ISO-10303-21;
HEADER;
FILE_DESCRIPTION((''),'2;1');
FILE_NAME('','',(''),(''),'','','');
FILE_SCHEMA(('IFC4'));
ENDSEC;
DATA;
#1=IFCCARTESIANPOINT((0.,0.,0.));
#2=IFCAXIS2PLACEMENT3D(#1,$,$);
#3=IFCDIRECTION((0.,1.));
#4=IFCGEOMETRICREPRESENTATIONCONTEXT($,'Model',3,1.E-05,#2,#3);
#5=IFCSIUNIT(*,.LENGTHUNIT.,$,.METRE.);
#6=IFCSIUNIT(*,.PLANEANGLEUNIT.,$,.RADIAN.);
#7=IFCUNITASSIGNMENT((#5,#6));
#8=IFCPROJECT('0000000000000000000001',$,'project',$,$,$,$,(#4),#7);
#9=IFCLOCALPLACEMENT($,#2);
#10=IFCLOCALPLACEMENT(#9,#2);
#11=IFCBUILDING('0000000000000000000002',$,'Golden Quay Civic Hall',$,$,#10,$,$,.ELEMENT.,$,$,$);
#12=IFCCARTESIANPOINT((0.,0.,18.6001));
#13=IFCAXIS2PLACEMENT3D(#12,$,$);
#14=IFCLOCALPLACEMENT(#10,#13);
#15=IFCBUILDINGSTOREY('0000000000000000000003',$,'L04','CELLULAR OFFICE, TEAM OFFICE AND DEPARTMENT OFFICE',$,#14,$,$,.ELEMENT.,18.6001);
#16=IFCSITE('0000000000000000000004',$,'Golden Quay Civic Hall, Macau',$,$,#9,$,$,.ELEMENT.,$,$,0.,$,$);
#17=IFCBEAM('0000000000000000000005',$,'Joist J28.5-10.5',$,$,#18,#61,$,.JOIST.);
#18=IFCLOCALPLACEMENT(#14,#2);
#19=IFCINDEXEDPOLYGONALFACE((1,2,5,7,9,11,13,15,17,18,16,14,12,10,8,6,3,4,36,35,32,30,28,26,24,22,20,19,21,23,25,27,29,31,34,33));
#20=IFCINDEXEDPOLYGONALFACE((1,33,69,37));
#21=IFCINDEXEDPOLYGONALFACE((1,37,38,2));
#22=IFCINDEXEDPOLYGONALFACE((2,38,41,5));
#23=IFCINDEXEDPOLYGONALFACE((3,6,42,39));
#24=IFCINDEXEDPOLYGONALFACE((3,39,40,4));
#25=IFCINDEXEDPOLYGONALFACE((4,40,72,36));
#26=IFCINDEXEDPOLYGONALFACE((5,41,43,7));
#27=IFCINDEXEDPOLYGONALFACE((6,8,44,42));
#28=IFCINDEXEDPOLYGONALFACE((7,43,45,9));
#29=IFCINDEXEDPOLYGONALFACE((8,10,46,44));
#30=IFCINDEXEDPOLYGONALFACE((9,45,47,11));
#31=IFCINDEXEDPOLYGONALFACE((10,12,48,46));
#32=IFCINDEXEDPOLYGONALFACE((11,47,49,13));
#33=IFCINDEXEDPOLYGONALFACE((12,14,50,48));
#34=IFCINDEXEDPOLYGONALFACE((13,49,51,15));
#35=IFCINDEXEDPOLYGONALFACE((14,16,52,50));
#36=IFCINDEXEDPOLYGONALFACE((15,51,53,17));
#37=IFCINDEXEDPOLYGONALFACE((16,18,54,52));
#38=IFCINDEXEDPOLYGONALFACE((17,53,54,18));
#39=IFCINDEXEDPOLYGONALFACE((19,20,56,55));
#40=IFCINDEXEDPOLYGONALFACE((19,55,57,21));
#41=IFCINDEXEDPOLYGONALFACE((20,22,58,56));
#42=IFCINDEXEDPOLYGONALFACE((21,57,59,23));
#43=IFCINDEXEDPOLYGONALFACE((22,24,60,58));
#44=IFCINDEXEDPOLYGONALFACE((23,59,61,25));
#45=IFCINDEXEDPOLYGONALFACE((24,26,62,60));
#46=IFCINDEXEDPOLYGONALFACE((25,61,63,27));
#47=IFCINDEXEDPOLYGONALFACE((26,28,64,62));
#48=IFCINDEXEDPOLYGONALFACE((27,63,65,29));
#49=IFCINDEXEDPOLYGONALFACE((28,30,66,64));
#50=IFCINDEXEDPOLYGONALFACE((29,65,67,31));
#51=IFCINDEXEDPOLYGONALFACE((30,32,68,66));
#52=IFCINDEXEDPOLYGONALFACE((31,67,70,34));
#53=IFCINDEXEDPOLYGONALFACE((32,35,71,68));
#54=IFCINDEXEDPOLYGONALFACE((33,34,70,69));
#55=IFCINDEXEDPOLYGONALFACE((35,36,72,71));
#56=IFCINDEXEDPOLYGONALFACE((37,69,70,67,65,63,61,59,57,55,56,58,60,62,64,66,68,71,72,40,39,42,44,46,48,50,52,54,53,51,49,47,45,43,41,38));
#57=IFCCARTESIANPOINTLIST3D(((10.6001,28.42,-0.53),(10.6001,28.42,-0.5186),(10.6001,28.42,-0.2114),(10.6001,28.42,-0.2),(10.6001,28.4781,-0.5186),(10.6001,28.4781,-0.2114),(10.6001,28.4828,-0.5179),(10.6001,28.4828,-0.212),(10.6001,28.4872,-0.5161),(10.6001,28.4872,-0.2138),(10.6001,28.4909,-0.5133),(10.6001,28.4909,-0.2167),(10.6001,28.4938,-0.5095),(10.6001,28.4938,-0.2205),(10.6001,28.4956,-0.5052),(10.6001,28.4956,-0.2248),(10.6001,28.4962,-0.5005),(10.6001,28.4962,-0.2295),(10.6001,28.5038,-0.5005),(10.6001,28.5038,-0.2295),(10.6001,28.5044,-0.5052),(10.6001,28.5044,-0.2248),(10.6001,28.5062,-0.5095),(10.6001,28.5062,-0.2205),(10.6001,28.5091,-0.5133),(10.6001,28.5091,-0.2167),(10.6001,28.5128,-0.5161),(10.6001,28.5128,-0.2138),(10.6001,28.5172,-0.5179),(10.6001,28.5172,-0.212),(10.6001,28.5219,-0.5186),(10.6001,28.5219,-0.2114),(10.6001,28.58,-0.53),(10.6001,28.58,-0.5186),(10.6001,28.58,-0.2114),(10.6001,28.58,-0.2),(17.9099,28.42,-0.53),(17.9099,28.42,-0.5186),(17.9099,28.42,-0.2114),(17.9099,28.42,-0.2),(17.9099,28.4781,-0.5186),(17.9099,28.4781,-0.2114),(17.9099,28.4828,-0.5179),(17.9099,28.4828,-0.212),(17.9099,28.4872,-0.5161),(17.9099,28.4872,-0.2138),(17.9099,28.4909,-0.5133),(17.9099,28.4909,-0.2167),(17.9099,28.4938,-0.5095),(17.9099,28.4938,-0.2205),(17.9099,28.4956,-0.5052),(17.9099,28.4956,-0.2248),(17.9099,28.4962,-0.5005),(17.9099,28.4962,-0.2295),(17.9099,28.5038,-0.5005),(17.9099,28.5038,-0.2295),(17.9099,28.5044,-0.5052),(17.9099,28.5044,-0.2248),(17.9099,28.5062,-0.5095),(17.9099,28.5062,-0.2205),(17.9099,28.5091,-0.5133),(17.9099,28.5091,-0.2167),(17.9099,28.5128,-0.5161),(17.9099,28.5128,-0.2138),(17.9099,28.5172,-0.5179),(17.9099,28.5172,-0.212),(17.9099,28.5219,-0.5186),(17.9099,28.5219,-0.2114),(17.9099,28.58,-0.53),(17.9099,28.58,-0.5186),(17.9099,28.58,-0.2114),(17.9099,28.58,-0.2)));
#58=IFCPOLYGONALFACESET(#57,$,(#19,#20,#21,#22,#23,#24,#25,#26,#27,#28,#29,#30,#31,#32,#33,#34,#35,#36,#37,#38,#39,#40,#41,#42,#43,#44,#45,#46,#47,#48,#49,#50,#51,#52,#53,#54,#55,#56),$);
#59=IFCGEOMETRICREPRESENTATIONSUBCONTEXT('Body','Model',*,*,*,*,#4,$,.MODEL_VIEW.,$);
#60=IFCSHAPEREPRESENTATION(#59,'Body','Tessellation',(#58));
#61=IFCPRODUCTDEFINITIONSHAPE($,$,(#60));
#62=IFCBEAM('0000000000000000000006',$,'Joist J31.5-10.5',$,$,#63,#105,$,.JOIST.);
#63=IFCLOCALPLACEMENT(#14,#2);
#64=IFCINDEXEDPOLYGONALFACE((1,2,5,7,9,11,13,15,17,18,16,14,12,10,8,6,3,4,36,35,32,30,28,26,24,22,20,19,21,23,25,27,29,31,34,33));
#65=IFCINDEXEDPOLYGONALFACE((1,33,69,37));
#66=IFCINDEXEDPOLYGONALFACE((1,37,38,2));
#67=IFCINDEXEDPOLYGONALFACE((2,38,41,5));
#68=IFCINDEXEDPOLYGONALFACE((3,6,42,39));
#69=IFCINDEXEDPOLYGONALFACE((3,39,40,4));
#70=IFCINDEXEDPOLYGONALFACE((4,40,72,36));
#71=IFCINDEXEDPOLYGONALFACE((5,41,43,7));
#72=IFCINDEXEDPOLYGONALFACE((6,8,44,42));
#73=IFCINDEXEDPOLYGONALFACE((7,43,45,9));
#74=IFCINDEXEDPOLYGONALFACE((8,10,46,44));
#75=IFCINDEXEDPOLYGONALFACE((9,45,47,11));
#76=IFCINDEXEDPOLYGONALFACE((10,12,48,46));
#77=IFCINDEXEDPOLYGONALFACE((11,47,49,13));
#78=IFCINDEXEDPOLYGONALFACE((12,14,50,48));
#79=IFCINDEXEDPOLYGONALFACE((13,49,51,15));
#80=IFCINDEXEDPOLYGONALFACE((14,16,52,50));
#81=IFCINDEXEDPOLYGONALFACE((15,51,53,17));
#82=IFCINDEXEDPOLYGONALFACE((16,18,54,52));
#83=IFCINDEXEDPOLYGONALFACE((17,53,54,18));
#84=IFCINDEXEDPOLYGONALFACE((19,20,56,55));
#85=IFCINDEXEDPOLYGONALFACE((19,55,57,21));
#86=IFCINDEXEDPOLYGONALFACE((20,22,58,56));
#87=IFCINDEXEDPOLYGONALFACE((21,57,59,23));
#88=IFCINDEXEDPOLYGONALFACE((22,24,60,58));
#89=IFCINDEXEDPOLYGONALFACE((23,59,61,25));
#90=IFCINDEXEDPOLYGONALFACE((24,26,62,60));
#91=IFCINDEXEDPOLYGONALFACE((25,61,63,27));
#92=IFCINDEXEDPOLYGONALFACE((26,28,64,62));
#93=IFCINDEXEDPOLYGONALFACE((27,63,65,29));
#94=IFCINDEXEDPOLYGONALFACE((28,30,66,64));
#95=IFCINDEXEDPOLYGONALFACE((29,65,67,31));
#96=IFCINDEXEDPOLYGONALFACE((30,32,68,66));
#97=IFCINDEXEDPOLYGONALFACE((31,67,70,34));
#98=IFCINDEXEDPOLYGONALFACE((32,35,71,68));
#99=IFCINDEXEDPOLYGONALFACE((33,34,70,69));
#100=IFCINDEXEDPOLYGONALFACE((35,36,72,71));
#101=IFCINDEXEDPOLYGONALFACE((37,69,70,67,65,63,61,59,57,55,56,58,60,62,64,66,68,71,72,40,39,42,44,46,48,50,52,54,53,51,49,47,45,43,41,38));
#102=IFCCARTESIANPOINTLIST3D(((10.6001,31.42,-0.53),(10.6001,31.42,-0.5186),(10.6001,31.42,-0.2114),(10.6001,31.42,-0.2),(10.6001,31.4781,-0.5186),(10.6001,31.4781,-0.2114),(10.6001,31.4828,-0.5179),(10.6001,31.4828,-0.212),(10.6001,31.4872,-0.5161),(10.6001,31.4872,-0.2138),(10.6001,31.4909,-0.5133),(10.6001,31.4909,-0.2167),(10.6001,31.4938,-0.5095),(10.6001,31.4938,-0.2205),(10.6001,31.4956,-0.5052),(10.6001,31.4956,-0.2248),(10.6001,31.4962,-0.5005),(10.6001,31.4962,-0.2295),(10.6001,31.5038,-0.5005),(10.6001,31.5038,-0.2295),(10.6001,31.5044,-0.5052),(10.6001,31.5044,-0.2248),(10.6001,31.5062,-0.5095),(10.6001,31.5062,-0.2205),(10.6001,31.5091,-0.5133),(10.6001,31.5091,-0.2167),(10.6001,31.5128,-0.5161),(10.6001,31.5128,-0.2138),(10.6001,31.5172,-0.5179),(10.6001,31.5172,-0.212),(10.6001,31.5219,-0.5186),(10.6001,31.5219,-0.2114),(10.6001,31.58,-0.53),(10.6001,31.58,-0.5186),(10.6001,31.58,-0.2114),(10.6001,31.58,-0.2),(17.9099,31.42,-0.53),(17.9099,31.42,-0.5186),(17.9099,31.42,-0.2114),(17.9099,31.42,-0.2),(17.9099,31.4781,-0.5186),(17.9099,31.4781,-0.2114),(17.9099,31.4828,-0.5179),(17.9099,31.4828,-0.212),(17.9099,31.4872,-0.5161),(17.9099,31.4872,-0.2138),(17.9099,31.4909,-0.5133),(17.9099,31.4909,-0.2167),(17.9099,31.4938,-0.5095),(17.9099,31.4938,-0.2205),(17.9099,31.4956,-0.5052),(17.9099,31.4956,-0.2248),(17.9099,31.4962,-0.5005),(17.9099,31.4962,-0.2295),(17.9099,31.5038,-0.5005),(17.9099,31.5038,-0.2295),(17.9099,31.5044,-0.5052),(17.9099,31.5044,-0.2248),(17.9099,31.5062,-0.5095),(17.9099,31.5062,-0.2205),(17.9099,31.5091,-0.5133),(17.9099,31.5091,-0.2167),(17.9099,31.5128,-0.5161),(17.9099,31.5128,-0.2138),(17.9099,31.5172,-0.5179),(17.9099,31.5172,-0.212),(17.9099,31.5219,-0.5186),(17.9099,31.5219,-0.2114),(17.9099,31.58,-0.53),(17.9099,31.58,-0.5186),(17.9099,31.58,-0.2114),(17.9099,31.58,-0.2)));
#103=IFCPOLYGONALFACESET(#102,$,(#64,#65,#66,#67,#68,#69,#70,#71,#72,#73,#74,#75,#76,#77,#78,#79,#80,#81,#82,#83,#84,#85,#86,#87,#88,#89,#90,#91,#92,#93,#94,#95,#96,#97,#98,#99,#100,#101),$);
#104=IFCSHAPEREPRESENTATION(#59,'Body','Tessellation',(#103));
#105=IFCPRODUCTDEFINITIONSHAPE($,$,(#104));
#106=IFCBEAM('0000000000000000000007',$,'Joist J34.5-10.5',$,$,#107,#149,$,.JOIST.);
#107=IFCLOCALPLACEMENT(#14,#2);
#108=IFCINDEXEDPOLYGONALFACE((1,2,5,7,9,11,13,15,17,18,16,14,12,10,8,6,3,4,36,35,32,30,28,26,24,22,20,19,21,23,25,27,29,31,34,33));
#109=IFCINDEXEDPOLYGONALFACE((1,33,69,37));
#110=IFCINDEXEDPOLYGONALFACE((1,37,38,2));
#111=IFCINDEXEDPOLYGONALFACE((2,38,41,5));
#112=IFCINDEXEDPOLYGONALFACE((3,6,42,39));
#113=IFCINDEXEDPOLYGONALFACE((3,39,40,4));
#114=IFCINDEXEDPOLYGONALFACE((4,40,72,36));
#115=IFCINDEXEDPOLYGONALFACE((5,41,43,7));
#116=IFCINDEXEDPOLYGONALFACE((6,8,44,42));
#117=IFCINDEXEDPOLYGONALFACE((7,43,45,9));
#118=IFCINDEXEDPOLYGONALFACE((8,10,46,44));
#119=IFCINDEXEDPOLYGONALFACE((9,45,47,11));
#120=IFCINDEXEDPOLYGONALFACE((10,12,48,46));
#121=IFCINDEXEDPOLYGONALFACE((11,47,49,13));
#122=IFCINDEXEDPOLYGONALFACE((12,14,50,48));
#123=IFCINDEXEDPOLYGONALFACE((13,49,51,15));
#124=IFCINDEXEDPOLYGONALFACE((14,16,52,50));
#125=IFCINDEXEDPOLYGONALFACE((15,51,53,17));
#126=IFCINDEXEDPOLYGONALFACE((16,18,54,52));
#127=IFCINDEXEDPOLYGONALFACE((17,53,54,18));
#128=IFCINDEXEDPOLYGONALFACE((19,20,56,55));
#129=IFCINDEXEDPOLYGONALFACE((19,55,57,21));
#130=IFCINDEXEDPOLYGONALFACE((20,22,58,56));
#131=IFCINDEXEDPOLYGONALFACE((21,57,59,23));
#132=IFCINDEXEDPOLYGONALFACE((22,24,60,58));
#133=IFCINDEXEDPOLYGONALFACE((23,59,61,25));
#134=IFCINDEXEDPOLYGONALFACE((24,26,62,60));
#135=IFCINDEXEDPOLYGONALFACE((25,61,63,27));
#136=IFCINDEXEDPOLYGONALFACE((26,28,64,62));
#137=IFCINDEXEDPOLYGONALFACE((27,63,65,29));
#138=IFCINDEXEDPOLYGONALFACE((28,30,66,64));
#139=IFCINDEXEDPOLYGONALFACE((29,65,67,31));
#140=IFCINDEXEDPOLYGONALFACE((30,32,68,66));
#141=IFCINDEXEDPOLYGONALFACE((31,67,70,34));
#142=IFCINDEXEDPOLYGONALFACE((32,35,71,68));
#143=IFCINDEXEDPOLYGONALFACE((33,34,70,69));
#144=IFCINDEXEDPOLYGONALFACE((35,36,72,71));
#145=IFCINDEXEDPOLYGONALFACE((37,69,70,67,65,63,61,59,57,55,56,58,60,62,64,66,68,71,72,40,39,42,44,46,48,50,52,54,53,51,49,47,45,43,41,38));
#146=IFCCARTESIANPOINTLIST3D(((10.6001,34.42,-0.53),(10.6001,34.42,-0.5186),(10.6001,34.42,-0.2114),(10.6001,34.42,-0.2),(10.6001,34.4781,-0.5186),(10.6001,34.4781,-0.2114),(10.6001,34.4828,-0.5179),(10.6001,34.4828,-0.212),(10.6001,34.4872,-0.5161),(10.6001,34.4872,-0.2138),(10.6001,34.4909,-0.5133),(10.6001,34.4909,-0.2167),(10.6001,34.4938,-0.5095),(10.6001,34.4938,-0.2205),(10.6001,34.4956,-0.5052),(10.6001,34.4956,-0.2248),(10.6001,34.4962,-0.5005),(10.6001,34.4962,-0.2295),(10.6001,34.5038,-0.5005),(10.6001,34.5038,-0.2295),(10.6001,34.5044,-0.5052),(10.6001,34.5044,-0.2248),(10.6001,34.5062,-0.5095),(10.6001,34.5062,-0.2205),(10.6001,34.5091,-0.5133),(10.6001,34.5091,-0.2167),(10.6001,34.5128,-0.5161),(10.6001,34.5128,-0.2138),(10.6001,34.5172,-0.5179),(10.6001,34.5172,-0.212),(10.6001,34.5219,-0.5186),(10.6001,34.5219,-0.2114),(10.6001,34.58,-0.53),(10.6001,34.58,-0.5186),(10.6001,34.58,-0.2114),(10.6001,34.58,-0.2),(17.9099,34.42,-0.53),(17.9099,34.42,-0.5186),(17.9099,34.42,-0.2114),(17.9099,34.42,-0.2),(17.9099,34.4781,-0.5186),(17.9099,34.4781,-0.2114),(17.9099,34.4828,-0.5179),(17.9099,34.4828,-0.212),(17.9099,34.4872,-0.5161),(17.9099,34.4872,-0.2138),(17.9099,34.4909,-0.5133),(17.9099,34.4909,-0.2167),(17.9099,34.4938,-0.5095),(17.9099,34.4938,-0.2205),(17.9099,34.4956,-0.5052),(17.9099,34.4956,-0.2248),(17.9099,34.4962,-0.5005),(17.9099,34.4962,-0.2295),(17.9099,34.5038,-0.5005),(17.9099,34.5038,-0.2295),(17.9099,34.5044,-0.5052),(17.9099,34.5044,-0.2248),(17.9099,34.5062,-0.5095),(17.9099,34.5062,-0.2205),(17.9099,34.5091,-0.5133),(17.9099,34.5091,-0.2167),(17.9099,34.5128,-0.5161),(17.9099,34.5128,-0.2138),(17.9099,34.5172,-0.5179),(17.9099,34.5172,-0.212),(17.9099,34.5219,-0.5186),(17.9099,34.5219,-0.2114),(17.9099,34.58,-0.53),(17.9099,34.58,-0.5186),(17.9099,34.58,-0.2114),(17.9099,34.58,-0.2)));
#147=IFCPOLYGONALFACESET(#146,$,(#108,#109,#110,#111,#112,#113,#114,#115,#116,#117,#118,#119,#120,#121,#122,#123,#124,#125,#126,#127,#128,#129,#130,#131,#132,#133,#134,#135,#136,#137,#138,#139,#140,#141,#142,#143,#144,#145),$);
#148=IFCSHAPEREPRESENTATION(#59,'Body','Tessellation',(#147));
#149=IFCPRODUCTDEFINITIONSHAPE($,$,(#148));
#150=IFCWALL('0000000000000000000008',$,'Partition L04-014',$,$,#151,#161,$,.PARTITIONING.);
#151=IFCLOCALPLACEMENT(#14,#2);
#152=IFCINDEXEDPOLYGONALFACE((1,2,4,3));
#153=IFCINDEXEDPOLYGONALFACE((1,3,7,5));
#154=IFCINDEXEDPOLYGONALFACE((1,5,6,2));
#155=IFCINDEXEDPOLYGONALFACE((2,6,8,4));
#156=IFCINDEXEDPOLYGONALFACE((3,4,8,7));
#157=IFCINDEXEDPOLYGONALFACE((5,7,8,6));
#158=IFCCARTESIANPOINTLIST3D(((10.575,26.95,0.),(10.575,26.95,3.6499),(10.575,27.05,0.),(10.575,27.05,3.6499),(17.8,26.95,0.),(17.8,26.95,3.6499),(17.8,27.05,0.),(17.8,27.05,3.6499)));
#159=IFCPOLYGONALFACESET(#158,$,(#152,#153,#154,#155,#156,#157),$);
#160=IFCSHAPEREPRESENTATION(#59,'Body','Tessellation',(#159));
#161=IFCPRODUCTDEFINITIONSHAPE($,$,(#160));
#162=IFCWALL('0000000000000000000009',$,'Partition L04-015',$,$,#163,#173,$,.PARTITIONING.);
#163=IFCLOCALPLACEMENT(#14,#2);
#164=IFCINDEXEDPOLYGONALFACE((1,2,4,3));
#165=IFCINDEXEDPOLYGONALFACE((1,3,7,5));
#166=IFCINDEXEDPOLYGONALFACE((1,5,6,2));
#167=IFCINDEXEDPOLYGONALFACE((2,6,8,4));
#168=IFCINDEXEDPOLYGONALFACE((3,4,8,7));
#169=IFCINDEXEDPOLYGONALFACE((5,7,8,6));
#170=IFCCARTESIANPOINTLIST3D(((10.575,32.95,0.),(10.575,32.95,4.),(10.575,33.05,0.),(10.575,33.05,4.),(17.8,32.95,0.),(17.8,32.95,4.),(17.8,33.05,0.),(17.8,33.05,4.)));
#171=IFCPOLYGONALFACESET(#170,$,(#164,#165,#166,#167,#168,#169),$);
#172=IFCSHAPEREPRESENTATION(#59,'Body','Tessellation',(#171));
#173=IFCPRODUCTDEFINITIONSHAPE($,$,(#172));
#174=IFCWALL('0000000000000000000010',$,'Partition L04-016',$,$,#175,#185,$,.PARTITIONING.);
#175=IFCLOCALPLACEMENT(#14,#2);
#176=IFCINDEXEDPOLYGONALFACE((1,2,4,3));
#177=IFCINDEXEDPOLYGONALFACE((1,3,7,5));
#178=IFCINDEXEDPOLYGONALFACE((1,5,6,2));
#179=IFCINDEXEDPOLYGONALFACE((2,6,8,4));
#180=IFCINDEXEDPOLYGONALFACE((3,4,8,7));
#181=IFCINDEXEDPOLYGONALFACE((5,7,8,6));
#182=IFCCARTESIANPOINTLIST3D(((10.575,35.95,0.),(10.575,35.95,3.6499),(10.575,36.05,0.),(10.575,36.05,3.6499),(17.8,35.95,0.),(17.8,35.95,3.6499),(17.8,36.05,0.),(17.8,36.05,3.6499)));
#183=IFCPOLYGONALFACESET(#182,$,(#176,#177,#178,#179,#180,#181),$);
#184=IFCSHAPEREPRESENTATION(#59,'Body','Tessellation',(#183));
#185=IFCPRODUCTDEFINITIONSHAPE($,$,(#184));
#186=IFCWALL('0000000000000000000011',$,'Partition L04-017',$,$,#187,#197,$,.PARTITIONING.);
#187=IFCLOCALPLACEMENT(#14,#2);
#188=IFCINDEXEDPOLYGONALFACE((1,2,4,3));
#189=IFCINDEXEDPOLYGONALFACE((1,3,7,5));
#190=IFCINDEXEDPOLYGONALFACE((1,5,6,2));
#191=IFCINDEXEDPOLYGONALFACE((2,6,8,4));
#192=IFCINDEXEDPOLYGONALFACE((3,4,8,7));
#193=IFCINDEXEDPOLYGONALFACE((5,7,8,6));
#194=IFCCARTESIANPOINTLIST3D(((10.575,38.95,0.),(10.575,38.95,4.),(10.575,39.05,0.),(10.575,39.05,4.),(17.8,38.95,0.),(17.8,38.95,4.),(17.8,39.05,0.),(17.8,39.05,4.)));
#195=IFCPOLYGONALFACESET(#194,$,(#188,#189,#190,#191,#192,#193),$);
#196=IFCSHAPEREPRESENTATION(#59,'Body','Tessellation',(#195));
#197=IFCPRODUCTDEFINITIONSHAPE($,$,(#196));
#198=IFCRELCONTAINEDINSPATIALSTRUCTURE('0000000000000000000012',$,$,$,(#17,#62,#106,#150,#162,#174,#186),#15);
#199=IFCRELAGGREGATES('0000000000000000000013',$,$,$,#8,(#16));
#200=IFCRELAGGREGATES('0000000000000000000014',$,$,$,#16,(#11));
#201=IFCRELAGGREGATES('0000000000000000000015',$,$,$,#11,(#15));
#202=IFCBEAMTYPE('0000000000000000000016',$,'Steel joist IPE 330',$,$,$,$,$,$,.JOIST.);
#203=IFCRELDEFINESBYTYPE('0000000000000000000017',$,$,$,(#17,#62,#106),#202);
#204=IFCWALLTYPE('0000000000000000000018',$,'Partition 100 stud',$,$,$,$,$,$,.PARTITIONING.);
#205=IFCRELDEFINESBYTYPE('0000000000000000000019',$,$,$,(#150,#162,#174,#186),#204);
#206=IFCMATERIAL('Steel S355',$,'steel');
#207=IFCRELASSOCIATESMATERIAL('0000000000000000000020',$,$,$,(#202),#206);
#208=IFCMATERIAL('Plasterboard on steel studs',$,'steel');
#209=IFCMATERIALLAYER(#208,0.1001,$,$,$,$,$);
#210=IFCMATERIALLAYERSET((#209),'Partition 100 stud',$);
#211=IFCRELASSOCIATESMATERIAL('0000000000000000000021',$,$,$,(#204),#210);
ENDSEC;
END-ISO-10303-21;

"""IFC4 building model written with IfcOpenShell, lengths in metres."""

from ifc_helpers import new_model, si_unit, direction, frame, frame_2d, origin, origin_2d, place, context, subcontext, project, spatial, rectangle, i_section, extrude, material, layer, layer_set, material_profile, profile_set, type_object, element, save


model = new_model("IFC4")

# Units and contexts
model_context = context("Model", 3, precision=1e-05, world=origin(), true_north=direction((0.0, 1.0)))
body_context = subcontext(model_context, "Body", "Model", "MODEL_VIEW")
ifc_project = project(units=[si_unit("LENGTHUNIT", "METRE"), si_unit("PLANEANGLEUNIT", "RADIAN")], contexts=[model_context])

# Site, building, storey
site_placement = place(None, origin())
site = spatial("IfcSite", under=ifc_project, at=site_placement, Name="Golden Quay Civic Hall, Macau", CompositionType="ELEMENT", RefElevation=0.0)
building_placement = place(site_placement, origin())
building = spatial("IfcBuilding", under=site, at=building_placement, Name="Golden Quay Civic Hall", CompositionType="ELEMENT")
storey_placement = place(building_placement, frame((0.0, 0.0, 18.6001)))
storey = spatial("IfcBuildingStorey", under=building, at=storey_placement, Name="L04", Description="CELLULAR OFFICE, TEAM OFFICE AND DEPARTMENT OFFICE", CompositionType="ELEMENT", Elevation=18.6001)

# Beams
ifc_material_1 = material(Name="Steel S355", Category="steel")
ifc_material_profile_1 = material_profile(ifc_material_1, i_section(OverallWidth=0.1599, OverallDepth=0.3301, WebThickness=0.0076, FlangeThickness=0.0115, FilletRadius=0.0181, at=origin_2d()), Name="IPE 330")
ifc_profile_set_1 = profile_set([ifc_material_profile_1], Name="Steel S355")
beam_type_1 = type_object("IfcBeamType", Name="Steel joist IPE 330", PredefinedType="JOIST", material=ifc_profile_set_1)
for number, where, z_axis, x_axis, name in (
    (1, (10.6001, 28.5, -0.365), (1.0, 0.0, 0.0), (0.0, 1.0, 0.0), "Joist J28.5-10.5"),
    (2, (10.6001, 31.5, -0.365), (1.0, 0.0, 0.0), (0.0, 1.0, 0.0), "Joist J31.5-10.5"),
    (3, (10.6001, 34.5, -0.365), (1.0, 0.0, 0.0), (0.0, 1.0, 0.0), "Joist J34.5-10.5"),
):
    element("IfcBeam", number, at=place(storey_placement, frame(where, z_axis=z_axis, x_axis=x_axis)), inside=storey, type_object=beam_type_1, Name=name, PredefinedType="JOIST", context=body_context, shape_type="SweptSolid", body=[
        extrude(i_section(OverallWidth=0.1599, OverallDepth=0.3301, WebThickness=0.0076, FlangeThickness=0.0115, FilletRadius=0.0181, at=origin_2d()), origin(), (0.0, 0.0, 1.0), 7.3098),
    ])

# Walls
ifc_material_2 = material(Name="Plasterboard on steel studs", Category="steel")
ifc_layer = layer(ifc_material_2, 0.1001)
ifc_layer_set = layer_set([ifc_layer], Name="Partition 100 stud")
wall_type = type_object("IfcWallType", Name="Partition 100 stud", PredefinedType="PARTITIONING", material=ifc_layer_set)
wall_1_placement = place(storey_placement, frame((10.575, 27.0, 0.0), z_axis=(0.0, 0.0, 1.0), x_axis=(1.0, 0.0, 0.0)))
element("IfcWall", 4, at=wall_1_placement, inside=storey, type_object=wall_type, Name="Partition L04-014", PredefinedType="PARTITIONING", context=body_context, shape_type="SweptSolid", body=[
    extrude(rectangle(XDim=7.2251, YDim=0.1001, at=frame_2d((3.6125, 0.0))), origin(), (0.0, 0.0, 1.0), 3.6499),
])
wall_2_placement = place(storey_placement, frame((10.575, 33.0, 0.0), z_axis=(0.0, 0.0, 1.0), x_axis=(1.0, 0.0, 0.0)))
element("IfcWall", 5, at=wall_2_placement, inside=storey, type_object=wall_type, Name="Partition L04-015", PredefinedType="PARTITIONING", context=body_context, shape_type="SweptSolid", body=[
    extrude(rectangle(XDim=7.2251, YDim=0.1001, at=frame_2d((3.6125, 0.0))), origin(), (0.0, 0.0, 1.0), 4.0),
])
wall_3_placement = place(storey_placement, frame((10.575, 36.0, 0.0), z_axis=(0.0, 0.0, 1.0), x_axis=(1.0, 0.0, 0.0)))
element("IfcWall", 6, at=wall_3_placement, inside=storey, type_object=wall_type, Name="Partition L04-016", PredefinedType="PARTITIONING", context=body_context, shape_type="SweptSolid", body=[
    extrude(rectangle(XDim=7.2251, YDim=0.1001, at=frame_2d((3.6125, 0.0))), origin(), (0.0, 0.0, 1.0), 3.6499),
])
wall_4_placement = place(storey_placement, frame((10.575, 39.0, 0.0), z_axis=(0.0, 0.0, 1.0), x_axis=(1.0, 0.0, 0.0)))
element("IfcWall", 7, at=wall_4_placement, inside=storey, type_object=wall_type, Name="Partition L04-017", PredefinedType="PARTITIONING", context=body_context, shape_type="SweptSolid", body=[
    extrude(rectangle(XDim=7.2251, YDim=0.1001, at=frame_2d((3.6125, 0.0))), origin(), (0.0, 0.0, 1.0), 4.0),
])

save(model, "model.ifc")
